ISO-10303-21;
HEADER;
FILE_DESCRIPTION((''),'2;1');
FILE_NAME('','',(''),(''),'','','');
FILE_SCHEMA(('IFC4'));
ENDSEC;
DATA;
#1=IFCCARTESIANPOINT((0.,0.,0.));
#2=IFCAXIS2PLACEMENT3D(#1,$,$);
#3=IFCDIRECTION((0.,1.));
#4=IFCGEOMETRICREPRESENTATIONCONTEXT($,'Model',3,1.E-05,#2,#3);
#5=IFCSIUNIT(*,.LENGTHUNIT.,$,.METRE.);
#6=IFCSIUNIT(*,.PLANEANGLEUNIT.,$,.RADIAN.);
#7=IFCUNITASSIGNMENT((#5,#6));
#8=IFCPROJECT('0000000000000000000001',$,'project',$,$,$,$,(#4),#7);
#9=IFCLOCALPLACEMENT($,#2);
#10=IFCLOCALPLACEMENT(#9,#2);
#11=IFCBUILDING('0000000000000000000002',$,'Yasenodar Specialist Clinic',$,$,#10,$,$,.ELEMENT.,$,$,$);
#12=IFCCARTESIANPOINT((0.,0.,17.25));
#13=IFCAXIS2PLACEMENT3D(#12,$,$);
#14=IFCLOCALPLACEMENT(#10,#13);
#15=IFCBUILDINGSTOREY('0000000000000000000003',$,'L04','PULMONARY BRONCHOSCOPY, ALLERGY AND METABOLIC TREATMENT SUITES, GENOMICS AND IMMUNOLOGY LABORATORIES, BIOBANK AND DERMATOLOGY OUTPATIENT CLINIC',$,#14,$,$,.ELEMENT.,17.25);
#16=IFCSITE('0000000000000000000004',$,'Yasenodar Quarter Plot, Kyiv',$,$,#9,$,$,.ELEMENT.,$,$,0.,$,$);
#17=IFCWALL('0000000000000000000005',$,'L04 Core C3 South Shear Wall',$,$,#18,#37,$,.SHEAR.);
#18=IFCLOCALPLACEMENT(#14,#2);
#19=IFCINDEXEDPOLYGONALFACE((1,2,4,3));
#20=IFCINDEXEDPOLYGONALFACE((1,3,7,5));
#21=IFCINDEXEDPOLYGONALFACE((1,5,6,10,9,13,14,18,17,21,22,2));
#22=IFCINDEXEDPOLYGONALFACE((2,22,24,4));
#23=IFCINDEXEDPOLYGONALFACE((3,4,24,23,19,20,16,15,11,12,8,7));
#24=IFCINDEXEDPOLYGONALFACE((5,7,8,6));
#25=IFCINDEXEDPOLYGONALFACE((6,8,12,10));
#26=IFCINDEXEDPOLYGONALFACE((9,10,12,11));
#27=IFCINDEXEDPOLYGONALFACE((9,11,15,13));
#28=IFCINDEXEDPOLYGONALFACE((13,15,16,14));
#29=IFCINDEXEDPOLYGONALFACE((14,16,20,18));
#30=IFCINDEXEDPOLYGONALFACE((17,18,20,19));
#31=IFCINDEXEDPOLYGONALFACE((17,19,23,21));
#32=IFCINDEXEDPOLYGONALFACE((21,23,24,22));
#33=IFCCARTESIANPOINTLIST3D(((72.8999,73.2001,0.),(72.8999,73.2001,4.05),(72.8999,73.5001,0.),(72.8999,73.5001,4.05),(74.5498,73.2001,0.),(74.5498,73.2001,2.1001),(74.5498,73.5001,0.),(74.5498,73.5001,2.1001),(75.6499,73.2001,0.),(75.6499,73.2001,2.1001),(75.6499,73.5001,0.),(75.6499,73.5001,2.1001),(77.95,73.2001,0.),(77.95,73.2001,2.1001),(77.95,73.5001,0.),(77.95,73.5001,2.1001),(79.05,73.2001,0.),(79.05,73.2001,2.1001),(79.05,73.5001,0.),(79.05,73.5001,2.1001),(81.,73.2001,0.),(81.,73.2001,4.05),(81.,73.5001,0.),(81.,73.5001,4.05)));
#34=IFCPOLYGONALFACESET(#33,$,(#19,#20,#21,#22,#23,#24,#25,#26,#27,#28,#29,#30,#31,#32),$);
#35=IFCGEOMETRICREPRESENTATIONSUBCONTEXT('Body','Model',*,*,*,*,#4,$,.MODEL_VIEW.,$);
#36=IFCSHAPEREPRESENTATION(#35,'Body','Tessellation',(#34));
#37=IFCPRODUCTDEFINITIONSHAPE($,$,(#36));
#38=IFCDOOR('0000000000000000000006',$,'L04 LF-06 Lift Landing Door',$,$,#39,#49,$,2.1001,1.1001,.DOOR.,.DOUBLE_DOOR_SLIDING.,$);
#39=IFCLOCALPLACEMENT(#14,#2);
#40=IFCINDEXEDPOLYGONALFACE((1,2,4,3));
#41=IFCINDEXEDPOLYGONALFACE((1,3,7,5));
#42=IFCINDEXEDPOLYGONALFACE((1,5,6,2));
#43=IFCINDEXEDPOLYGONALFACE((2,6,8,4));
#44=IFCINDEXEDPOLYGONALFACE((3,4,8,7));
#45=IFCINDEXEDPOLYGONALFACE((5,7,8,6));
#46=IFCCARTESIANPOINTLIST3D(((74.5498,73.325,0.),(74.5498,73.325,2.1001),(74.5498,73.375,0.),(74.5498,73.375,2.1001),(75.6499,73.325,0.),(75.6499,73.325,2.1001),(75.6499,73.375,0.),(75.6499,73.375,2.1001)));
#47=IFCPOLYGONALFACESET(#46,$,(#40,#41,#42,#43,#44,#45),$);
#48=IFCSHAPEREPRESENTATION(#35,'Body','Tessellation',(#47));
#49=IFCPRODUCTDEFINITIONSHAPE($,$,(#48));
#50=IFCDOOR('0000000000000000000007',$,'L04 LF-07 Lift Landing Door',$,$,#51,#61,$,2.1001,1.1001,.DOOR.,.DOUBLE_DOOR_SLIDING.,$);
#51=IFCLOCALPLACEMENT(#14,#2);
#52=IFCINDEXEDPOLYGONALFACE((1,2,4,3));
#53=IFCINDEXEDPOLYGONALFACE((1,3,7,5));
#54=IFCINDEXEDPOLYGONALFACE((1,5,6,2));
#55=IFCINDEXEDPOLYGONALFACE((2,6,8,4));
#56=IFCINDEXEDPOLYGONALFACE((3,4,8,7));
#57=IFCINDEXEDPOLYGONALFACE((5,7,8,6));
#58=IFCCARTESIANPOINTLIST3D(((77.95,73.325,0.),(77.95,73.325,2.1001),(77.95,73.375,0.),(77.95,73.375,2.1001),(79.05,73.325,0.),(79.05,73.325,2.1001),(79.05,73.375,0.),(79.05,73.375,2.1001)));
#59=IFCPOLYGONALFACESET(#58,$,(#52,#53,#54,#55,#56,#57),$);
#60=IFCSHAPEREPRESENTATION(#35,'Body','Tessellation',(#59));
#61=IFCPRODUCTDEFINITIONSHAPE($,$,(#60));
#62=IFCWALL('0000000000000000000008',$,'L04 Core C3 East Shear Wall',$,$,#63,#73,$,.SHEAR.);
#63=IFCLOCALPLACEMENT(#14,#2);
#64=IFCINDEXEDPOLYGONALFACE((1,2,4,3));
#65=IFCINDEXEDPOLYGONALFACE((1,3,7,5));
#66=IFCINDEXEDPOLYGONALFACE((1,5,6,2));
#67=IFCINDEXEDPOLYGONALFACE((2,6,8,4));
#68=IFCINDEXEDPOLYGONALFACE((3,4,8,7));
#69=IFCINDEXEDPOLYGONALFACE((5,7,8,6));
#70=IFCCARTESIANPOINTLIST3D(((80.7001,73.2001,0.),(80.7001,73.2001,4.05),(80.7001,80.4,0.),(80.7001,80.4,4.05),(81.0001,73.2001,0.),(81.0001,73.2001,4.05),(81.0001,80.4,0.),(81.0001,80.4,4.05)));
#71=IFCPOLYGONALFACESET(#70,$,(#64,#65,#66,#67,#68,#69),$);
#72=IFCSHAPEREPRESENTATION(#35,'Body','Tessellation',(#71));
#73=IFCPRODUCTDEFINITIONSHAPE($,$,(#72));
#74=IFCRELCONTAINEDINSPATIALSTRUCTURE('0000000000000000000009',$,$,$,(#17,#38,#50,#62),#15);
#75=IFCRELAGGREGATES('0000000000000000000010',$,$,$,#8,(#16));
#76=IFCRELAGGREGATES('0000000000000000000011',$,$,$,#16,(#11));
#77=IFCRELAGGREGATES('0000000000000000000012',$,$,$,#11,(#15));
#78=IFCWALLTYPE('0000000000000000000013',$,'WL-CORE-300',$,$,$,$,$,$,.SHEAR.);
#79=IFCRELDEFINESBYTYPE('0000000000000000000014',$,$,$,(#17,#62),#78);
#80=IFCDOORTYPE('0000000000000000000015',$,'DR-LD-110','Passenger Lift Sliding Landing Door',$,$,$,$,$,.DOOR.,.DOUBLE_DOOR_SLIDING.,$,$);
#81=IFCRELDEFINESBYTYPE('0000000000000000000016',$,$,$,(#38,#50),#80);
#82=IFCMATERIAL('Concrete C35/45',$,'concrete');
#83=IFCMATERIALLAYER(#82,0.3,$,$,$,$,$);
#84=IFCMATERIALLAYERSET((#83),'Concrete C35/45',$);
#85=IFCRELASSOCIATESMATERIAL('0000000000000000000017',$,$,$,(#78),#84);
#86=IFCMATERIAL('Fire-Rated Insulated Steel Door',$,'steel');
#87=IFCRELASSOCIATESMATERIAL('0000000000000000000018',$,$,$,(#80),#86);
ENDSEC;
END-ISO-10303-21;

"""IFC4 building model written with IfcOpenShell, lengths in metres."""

from ifc_helpers import new_model, si_unit, direction, frame, frame_2d, origin, place, context, subcontext, project, spatial, rectangle, extrude, material, layer, layer_set, type_object, element, fill, save


model = new_model("IFC4")

# Units and contexts
model_context = context("Model", 3, precision=1e-05, world=origin(), true_north=direction((0.0, 1.0)))
body_context = subcontext(model_context, "Body", "Model", "MODEL_VIEW")
ifc_project = project(units=[si_unit("LENGTHUNIT", "METRE"), si_unit("PLANEANGLEUNIT", "RADIAN")], contexts=[model_context])

# Site, building, storey
site_placement = place(None, origin())
site = spatial("IfcSite", under=ifc_project, at=site_placement, Name="Yasenodar Quarter Plot, Kyiv", CompositionType="ELEMENT", RefElevation=0.0)
building_placement = place(site_placement, origin())
building = spatial("IfcBuilding", under=site, at=building_placement, Name="Yasenodar Specialist Clinic", CompositionType="ELEMENT")
storey_placement = place(building_placement, frame((0.0, 0.0, 17.25)))
storey = spatial("IfcBuildingStorey", under=building, at=storey_placement, Name="L04", Description="PULMONARY BRONCHOSCOPY, ALLERGY AND METABOLIC TREATMENT SUITES, GENOMICS AND IMMUNOLOGY LABORATORIES, BIOBANK AND DERMATOLOGY OUTPATIENT CLINIC", CompositionType="ELEMENT", Elevation=17.25)

# Shared definitions
ifc_material_1 = material(Name="Fire-Rated Insulated Steel Door", Category="steel")

# Wall, openings, doors
ifc_material_2 = material(Name="Concrete C35/45", Category="concrete")
ifc_layer_1 = layer(ifc_material_2, 0.3)
ifc_layer_set_1 = layer_set([ifc_layer_1], Name="Concrete C35/45")
wall_type_1 = type_object("IfcWallType", Name="WL-CORE-300", PredefinedType="SHEAR", material=ifc_layer_set_1)
wall_1_placement = place(storey_placement, frame((72.8999, 73.3501, 0.0), z_axis=(0.0, 0.0, 1.0), x_axis=(1.0, 0.0, 0.0)))
wall_1 = element("IfcWall", 1, at=wall_1_placement, inside=storey, type_object=wall_type_1, Name="L04 Core C3 South Shear Wall", PredefinedType="SHEAR", context=body_context, shape_type="SweptSolid", body=[
    extrude(rectangle(XDim=8.1001, YDim=0.3, at=frame_2d((4.05, 0.0))), origin(), (0.0, 0.0, 1.0), 4.05),
])
opening_1_placement = place(wall_1_placement, frame((1.6499, 0.0, 0.0)))
opening_1 = element("IfcOpeningElement", 2, at=opening_1_placement, cuts=wall_1, PredefinedType="OPENING", context=body_context, shape_type="SweptSolid", body=[
    extrude(rectangle(XDim=1.1001, YDim=2.1001, at=frame_2d((0.55, 1.05))), frame((0.0, 0.1602, 0.0), z_axis=(0.0, -1.0, 0.0), x_axis=(1.0, 0.0, 0.0)), (0.0, 0.0, 1.0), 0.3201),
])
opening_2_placement = place(wall_1_placement, frame((5.05, 0.0, 0.0)))
opening_2 = element("IfcOpeningElement", 3, at=opening_2_placement, cuts=wall_1, PredefinedType="OPENING", context=body_context, shape_type="SweptSolid", body=[
    extrude(rectangle(XDim=1.1001, YDim=2.1001, at=frame_2d((0.55, 1.05))), frame((0.0, 0.1602, 0.0), z_axis=(0.0, -1.0, 0.0), x_axis=(1.0, 0.0, 0.0)), (0.0, 0.0, 1.0), 0.3201),
])
door_type_1 = type_object("IfcDoorType", Name="DR-LD-110", Description="Passenger Lift Sliding Landing Door", OperationType="DOUBLE_DOOR_SLIDING", PredefinedType="DOOR", material=ifc_material_1)
door_1_placement = place(opening_1_placement, origin())
door_1 = element("IfcDoor", 4, at=door_1_placement, inside=storey, type_object=door_type_1, Name="L04 LF-06 Lift Landing Door", OperationType="DOUBLE_DOOR_SLIDING", OverallHeight=2.1001, OverallWidth=1.1001, PredefinedType="DOOR", context=body_context, shape_type="SweptSolid", body=[
    extrude(rectangle(XDim=1.1001, YDim=2.1001, at=frame_2d((0.55, 1.05))), frame((0.0, 0.0249, 0.0), z_axis=(0.0, -1.0, 0.0), x_axis=(1.0, 0.0, 0.0)), (0.0, 0.0, 1.0), 0.05),
])
fill(opening_1, door_1)
door_2_placement = place(opening_2_placement, origin())
door_2 = element("IfcDoor", 5, at=door_2_placement, inside=storey, type_object=door_type_1, Name="L04 LF-07 Lift Landing Door", OperationType="DOUBLE_DOOR_SLIDING", OverallHeight=2.1001, OverallWidth=1.1001, PredefinedType="DOOR", context=body_context, shape_type="SweptSolid", body=[
    extrude(rectangle(XDim=1.1001, YDim=2.1001, at=frame_2d((0.55, 1.05))), frame((0.0, 0.0249, 0.0), z_axis=(0.0, -1.0, 0.0), x_axis=(1.0, 0.0, 0.0)), (0.0, 0.0, 1.0), 0.05),
])
fill(opening_2, door_2)

# Wall
wall_2_placement = place(storey_placement, frame((80.8501, 73.2, 0.0), z_axis=(0.0, 0.0, 1.0), x_axis=(0.0, 1.0, 0.0)))
element("IfcWall", 6, at=wall_2_placement, inside=storey, type_object=wall_type_1, Name="L04 Core C3 East Shear Wall", PredefinedType="SHEAR", context=body_context, shape_type="SweptSolid", body=[
    extrude(rectangle(XDim=7.2, YDim=0.3, at=frame_2d((3.6001, 0.0))), origin(), (0.0, 0.0, 1.0), 4.05),
])

save(model, "model.ifc")
